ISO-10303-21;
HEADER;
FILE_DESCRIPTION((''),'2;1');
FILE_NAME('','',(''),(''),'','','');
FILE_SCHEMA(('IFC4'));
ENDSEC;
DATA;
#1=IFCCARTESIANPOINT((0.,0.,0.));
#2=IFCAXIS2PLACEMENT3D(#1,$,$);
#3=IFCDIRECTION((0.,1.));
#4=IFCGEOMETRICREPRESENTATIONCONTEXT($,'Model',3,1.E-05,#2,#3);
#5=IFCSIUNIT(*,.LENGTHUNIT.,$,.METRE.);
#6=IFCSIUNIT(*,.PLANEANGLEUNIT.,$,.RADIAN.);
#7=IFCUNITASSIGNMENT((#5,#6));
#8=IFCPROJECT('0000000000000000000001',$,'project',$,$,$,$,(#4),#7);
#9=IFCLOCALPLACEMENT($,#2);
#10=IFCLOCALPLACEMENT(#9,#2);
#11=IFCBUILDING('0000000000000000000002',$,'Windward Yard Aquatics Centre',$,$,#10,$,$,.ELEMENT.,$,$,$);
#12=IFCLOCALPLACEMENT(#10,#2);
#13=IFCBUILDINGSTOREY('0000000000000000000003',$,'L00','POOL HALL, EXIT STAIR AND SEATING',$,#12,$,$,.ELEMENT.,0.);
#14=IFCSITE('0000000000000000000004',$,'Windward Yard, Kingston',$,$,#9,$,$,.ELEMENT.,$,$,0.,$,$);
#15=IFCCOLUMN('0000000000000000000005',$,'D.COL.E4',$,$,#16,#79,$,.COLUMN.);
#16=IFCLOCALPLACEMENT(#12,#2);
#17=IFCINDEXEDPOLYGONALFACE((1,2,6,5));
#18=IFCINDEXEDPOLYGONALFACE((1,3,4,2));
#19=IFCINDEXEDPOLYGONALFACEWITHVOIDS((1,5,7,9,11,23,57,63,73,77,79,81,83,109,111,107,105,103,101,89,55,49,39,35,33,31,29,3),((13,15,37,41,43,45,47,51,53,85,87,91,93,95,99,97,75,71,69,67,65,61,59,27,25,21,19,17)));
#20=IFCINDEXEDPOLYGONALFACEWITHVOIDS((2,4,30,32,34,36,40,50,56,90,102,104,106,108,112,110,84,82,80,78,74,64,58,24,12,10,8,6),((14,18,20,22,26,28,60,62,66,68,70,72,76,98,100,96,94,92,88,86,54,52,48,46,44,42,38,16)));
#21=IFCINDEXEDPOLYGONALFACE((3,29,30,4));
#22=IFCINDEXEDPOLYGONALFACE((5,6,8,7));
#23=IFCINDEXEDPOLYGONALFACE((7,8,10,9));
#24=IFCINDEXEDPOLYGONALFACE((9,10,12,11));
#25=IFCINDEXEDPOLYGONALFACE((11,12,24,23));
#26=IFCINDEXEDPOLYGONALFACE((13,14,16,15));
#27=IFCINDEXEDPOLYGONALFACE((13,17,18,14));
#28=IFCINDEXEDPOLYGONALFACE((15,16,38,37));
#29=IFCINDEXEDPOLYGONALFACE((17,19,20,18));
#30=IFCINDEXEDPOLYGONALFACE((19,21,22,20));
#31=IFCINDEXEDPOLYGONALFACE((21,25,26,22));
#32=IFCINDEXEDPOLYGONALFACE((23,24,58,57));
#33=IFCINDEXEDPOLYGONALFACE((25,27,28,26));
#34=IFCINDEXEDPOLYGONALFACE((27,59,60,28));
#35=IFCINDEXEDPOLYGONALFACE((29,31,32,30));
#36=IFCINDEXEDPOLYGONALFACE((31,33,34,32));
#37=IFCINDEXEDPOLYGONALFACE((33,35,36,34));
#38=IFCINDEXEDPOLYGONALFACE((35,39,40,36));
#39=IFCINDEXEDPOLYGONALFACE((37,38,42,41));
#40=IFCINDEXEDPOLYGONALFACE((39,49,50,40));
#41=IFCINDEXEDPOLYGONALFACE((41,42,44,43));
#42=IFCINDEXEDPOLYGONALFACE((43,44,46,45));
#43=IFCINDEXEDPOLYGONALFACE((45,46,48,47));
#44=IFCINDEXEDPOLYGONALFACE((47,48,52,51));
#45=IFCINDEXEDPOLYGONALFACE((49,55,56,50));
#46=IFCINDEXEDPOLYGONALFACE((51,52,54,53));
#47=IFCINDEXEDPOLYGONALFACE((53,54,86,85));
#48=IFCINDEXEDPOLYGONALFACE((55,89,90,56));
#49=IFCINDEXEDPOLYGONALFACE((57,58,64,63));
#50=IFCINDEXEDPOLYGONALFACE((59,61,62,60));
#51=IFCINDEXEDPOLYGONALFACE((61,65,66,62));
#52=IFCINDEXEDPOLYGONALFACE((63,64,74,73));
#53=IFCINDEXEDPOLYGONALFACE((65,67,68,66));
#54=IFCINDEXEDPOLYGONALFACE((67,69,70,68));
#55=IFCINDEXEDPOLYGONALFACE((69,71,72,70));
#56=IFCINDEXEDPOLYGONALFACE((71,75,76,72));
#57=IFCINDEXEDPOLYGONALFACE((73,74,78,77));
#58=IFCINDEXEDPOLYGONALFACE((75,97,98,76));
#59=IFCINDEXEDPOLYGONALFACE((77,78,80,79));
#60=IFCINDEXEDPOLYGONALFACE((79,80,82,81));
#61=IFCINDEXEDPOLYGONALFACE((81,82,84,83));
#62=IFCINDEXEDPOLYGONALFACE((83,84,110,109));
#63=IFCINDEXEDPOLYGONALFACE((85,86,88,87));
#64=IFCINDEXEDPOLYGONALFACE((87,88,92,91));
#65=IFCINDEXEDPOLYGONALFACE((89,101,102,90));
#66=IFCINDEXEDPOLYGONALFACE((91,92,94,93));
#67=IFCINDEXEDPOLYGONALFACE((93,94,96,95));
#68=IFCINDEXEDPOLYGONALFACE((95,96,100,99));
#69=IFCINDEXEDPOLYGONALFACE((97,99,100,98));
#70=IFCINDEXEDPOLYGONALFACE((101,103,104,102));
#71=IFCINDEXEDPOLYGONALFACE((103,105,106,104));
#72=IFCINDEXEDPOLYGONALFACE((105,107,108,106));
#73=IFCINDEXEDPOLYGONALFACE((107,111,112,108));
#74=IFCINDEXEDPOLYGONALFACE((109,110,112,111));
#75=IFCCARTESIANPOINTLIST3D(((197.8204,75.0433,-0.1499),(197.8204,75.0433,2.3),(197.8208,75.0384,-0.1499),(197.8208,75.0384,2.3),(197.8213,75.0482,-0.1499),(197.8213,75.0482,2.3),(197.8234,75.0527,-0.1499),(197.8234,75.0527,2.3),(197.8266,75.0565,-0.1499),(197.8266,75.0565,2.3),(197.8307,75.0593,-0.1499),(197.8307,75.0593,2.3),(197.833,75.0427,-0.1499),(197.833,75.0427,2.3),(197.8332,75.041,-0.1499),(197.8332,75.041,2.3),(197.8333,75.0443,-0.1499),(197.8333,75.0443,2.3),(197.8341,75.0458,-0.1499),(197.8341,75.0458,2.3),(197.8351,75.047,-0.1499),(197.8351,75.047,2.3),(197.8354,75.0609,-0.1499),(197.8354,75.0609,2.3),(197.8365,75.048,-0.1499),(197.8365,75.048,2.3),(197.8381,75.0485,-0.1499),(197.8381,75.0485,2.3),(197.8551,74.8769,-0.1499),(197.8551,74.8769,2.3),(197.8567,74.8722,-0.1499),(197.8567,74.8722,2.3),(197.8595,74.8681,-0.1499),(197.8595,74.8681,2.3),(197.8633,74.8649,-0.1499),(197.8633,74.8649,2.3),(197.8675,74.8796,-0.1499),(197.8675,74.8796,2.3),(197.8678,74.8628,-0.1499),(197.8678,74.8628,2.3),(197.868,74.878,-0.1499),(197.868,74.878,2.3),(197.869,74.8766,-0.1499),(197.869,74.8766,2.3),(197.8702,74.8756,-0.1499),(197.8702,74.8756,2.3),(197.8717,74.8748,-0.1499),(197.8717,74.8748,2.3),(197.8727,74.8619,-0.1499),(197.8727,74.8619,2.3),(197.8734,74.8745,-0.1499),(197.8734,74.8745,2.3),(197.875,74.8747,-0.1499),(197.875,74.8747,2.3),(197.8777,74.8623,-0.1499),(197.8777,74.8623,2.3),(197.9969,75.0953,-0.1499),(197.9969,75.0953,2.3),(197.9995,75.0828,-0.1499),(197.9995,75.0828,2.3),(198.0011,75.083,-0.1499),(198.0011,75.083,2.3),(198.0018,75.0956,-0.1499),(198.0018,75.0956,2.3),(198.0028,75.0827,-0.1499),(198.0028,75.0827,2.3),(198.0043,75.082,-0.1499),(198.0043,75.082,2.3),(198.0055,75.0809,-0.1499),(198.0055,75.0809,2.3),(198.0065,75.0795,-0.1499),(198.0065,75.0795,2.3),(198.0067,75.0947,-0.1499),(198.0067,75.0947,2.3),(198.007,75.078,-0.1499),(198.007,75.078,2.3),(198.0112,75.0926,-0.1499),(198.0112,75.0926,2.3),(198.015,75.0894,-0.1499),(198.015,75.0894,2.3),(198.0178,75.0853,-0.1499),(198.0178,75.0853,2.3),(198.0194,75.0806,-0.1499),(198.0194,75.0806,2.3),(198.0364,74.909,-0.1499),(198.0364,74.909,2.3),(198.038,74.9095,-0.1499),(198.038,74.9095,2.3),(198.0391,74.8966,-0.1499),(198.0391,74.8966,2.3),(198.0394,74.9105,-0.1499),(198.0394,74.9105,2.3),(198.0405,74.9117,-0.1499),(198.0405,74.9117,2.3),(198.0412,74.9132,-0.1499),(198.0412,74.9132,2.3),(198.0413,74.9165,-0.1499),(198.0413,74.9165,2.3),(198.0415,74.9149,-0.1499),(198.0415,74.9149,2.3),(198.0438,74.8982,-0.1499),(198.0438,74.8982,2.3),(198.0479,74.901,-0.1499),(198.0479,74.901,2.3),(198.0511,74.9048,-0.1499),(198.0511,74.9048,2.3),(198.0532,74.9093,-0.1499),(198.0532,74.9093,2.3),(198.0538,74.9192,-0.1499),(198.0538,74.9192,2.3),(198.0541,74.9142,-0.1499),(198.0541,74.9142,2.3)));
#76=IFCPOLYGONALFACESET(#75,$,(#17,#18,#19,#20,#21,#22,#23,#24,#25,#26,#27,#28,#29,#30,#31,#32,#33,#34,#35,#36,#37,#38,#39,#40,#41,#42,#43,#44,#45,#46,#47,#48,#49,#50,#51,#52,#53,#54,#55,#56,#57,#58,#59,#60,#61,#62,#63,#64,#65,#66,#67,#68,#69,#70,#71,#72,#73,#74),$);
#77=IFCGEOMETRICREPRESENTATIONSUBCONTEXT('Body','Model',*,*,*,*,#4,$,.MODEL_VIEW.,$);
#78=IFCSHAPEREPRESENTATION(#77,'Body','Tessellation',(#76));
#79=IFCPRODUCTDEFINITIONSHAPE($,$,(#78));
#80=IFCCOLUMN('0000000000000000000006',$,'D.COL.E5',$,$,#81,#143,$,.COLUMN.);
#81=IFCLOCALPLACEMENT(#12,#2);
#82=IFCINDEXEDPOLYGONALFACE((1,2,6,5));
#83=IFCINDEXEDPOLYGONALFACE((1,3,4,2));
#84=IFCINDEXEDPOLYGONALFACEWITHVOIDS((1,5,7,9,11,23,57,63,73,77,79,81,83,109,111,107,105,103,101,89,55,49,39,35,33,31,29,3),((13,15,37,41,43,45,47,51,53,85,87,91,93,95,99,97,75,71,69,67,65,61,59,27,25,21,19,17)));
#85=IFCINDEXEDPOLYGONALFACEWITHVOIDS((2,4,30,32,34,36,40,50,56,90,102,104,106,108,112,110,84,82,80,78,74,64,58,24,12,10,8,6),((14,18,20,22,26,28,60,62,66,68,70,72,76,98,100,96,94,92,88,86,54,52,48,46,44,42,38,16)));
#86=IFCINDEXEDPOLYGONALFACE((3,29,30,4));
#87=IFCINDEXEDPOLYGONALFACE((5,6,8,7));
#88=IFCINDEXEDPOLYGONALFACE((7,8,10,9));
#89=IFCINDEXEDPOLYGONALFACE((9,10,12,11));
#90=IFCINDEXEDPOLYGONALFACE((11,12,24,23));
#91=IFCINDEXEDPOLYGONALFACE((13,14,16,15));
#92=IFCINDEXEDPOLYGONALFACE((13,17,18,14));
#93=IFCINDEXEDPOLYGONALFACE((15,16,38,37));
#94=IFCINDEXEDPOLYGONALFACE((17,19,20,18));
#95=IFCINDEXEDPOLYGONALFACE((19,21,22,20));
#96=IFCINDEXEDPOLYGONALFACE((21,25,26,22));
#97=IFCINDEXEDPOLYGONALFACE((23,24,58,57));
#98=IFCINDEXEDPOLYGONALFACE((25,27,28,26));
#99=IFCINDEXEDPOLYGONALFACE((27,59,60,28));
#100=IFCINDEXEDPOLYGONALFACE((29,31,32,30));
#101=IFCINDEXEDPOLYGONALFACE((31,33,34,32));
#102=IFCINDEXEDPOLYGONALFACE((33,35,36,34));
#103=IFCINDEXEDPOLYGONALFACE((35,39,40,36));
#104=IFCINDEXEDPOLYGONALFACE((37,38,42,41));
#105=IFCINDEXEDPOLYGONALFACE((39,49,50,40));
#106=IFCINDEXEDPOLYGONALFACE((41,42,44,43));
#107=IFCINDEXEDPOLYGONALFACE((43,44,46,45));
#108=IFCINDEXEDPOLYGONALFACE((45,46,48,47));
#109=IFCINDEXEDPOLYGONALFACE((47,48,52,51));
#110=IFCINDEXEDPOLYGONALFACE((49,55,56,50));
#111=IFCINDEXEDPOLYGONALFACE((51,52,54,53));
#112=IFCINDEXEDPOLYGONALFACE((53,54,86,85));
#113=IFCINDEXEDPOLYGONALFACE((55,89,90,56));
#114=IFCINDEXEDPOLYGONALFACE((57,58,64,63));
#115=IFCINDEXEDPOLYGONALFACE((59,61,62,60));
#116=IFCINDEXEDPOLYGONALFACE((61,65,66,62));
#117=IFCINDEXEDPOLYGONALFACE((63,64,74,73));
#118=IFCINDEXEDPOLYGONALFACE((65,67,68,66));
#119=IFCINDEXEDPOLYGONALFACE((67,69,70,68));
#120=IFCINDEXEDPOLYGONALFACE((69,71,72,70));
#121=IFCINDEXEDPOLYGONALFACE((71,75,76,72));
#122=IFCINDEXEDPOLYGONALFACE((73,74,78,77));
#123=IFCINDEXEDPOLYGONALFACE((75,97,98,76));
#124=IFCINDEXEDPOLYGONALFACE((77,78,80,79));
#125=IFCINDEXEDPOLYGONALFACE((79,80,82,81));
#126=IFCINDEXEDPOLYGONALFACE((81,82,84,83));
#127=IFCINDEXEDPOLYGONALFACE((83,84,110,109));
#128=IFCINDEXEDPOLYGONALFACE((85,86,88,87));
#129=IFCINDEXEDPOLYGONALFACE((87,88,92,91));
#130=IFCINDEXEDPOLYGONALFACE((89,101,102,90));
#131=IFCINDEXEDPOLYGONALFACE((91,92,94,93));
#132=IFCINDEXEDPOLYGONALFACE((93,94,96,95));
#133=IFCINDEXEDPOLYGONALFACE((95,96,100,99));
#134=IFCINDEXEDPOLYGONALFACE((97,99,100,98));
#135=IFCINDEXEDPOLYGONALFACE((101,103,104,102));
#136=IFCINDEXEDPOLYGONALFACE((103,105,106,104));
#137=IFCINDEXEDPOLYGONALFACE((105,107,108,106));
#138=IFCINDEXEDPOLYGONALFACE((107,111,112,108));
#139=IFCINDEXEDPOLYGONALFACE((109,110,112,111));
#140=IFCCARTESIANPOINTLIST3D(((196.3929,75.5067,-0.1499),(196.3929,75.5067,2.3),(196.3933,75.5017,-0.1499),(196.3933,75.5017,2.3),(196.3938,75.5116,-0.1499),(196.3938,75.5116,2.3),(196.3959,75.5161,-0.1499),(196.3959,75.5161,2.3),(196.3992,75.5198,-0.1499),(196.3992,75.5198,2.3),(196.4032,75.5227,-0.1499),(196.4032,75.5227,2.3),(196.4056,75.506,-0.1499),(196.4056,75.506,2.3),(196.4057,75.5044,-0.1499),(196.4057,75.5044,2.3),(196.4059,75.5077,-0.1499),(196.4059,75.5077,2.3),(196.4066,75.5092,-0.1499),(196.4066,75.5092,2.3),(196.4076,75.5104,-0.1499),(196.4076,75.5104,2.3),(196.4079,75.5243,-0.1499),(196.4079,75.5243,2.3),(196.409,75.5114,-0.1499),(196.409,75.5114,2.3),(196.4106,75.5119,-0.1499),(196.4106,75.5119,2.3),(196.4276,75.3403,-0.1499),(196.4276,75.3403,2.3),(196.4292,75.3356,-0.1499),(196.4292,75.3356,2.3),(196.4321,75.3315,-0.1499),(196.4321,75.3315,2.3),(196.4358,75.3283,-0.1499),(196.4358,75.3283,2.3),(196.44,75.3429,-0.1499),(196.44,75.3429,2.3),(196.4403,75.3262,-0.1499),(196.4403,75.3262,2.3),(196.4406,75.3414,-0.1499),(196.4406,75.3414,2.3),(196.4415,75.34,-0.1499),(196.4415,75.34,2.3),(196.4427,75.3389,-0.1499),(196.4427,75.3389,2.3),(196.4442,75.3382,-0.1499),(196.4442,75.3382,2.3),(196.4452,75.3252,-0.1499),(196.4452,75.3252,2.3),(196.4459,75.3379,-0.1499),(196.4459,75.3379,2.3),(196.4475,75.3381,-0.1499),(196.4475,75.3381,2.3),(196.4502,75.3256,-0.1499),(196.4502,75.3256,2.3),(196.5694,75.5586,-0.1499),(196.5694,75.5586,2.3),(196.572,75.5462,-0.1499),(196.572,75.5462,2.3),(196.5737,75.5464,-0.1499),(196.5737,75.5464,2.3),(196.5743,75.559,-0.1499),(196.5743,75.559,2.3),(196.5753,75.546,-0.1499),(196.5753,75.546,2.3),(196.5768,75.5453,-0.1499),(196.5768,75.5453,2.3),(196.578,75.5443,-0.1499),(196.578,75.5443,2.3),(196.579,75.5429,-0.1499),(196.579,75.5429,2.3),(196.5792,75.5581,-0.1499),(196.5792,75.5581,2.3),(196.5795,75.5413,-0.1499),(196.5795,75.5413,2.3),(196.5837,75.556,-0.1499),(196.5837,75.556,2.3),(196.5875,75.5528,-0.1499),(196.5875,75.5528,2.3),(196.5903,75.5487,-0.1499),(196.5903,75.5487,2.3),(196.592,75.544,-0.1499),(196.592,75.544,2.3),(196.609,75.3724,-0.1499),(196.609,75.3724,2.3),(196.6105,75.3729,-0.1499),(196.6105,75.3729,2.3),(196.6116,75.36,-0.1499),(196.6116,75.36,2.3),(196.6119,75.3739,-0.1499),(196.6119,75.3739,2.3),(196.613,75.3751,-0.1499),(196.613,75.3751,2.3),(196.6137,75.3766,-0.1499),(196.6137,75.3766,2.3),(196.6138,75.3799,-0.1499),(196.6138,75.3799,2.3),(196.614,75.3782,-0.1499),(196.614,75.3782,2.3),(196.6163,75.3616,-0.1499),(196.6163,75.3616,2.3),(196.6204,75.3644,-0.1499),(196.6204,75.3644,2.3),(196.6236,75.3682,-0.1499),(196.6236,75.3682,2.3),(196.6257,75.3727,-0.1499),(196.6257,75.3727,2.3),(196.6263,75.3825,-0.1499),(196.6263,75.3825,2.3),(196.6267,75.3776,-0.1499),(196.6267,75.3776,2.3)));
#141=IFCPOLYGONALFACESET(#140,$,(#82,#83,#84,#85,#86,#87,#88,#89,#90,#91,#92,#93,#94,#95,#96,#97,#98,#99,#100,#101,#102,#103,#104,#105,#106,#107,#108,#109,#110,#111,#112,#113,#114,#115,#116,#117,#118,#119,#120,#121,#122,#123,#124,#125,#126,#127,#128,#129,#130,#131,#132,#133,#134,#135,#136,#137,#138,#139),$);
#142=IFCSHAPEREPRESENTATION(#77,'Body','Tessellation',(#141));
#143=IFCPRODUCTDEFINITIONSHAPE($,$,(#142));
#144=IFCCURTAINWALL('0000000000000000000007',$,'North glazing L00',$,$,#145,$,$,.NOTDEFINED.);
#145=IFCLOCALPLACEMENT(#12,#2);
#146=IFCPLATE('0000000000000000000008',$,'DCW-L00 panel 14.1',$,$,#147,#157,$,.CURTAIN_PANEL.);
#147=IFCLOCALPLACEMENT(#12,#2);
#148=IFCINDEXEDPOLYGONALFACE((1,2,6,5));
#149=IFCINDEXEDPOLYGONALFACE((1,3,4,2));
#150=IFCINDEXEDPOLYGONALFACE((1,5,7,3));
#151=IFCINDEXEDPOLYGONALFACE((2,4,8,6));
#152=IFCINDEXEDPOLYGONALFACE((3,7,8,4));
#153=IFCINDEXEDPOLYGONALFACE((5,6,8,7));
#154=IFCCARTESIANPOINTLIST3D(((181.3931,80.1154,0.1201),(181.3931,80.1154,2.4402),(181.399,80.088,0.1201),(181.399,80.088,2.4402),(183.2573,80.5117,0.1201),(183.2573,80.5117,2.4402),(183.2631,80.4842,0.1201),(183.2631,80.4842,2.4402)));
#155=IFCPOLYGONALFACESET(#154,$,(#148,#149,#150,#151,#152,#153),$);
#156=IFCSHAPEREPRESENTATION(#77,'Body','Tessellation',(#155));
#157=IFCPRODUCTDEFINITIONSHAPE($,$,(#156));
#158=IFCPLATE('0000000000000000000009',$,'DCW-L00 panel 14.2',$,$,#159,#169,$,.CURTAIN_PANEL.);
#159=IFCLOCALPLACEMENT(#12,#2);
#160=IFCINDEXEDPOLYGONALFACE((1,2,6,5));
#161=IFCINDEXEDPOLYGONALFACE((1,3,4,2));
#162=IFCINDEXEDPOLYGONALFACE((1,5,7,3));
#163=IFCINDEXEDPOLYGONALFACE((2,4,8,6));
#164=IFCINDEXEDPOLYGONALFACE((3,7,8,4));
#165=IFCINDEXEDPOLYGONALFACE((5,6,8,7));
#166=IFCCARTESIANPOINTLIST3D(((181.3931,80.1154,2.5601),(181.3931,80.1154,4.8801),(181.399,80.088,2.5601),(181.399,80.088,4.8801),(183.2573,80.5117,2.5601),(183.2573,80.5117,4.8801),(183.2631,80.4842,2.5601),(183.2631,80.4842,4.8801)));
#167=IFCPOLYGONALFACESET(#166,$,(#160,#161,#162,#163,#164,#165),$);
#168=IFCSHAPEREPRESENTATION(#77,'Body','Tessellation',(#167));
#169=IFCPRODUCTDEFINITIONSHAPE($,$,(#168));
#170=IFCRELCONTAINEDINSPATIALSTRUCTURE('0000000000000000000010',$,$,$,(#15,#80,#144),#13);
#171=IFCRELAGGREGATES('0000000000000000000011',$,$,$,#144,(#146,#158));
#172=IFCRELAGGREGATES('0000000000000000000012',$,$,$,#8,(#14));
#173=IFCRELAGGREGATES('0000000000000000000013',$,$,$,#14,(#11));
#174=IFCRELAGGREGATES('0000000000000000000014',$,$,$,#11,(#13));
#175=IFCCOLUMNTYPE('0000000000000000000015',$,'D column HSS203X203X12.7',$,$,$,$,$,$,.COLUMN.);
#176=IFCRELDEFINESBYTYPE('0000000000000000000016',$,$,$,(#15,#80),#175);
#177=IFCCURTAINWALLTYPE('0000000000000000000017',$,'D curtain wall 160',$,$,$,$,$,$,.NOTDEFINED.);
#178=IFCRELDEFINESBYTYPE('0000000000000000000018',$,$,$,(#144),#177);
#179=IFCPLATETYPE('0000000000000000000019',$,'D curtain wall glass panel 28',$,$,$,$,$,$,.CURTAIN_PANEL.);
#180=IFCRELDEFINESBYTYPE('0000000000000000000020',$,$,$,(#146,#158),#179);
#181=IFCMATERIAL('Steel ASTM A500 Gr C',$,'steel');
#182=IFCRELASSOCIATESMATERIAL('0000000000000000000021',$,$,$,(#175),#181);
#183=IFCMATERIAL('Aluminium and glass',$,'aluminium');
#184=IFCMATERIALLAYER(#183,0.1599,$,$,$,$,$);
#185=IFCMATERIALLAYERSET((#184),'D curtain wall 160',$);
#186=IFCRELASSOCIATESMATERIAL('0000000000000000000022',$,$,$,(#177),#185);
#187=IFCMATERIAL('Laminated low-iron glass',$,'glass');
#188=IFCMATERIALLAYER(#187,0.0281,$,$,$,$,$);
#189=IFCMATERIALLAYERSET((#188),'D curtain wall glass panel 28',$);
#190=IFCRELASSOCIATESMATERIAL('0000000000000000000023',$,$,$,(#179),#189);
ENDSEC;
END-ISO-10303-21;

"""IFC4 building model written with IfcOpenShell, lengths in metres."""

from ifc_helpers import new_model, si_unit, direction, frame, origin, origin_2d, place, context, subcontext, project, spatial, rectangle, hollow_rectangle, extrude, material, layer, layer_set, material_profile, profile_set, type_object, element, aggregate, save


model = new_model("IFC4")

# Units and contexts
model_context = context("Model", 3, precision=1e-05, world=origin(), true_north=direction((0.0, 1.0)))
body_context = subcontext(model_context, "Body", "Model", "MODEL_VIEW")
ifc_project = project(units=[si_unit("LENGTHUNIT", "METRE"), si_unit("PLANEANGLEUNIT", "RADIAN")], contexts=[model_context])

# Site, building, storey
site_placement = place(None, origin())
site = spatial("IfcSite", under=ifc_project, at=site_placement, Name="Windward Yard, Kingston", CompositionType="ELEMENT", RefElevation=0.0)
building_placement = place(site_placement, origin())
building = spatial("IfcBuilding", under=site, at=building_placement, Name="Windward Yard Aquatics Centre", CompositionType="ELEMENT")
storey_placement = place(building_placement, origin())
storey = spatial("IfcBuildingStorey", under=building, at=storey_placement, Name="L00", Description="POOL HALL, EXIT STAIR AND SEATING", CompositionType="ELEMENT", Elevation=0.0)

# Columns
ifc_material_1 = material(Name="Steel ASTM A500 Gr C", Category="steel")
ifc_material_profile_1 = material_profile(ifc_material_1, hollow_rectangle(XDim=0.2031, YDim=0.2031, WallThickness=0.0127, InnerFilletRadius=0.0063, OuterFilletRadius=0.019, at=origin_2d()), Name="HSS203X203X12.7")
ifc_profile_set_1 = profile_set([ifc_material_profile_1], Name="Steel ASTM A500 Gr C")
column_type = type_object("IfcColumnType", Name="D column HSS203X203X12.7", PredefinedType="COLUMN", material=ifc_profile_set_1)
for number, where, z_axis, x_axis, name in (
    (1, (197.9373, 74.9788, -0.1499), (0.0, 0.0, 1.0), (0.978148, 0.207912, 0.0), "D.COL.E4"),
    (2, (196.5098, 75.4421, -0.1499), (0.0, 0.0, 1.0), (0.978148, 0.207912, 0.0), "D.COL.E5"),
):
    element("IfcColumn", number, at=place(storey_placement, frame(where, z_axis=z_axis, x_axis=x_axis)), inside=storey, type_object=column_type, Name=name, PredefinedType="COLUMN", context=body_context, shape_type="SweptSolid", body=[
        extrude(hollow_rectangle(XDim=0.2031, YDim=0.2031, WallThickness=0.0127, InnerFilletRadius=0.0063, OuterFilletRadius=0.019, at=origin_2d()), origin(), (0.0, 0.0, 1.0), 2.45),
    ])

# Curtain wall, plates
ifc_material_2 = material(Name="Aluminium and glass", Category="aluminium")
ifc_layer_1 = layer(ifc_material_2, 0.1599)
ifc_layer_set_1 = layer_set([ifc_layer_1], Name="D curtain wall 160")
curtain_wall_type = type_object("IfcCurtainWallType", Name="D curtain wall 160", PredefinedType="NOTDEFINED", material=ifc_layer_set_1)
curtain_wall_placement = place(storey_placement, origin())
curtain_wall = element("IfcCurtainWall", 3, at=curtain_wall_placement, inside=storey, type_object=curtain_wall_type, Name="North glazing L00", PredefinedType="NOTDEFINED")
ifc_material_3 = material(Name="Laminated low-iron glass", Category="glass")
ifc_layer_2 = layer(ifc_material_3, 0.0281)
ifc_layer_set_2 = layer_set([ifc_layer_2], Name="D curtain wall glass panel 28")
plate_type = type_object("IfcPlateType", Name="D curtain wall glass panel 28", PredefinedType="CURTAIN_PANEL", material=ifc_layer_set_2)
plate_1_placement = place(storey_placement, frame((182.3281, 80.2998, 0.1201), z_axis=(0.0, 0.0, 1.0), x_axis=(0.978148, 0.207912, 0.0)))
plate_1 = element("IfcPlate", 4, at=plate_1_placement, type_object=plate_type, Name="DCW-L00 panel 14.1", PredefinedType="CURTAIN_PANEL", context=body_context, shape_type="SweptSolid", body=[
    extrude(rectangle(XDim=1.9058, YDim=0.0281, at=origin_2d()), origin(), (0.0, 0.0, 1.0), 2.3201),
])
plate_2_placement = place(storey_placement, frame((182.3281, 80.2998, 2.5601), z_axis=(0.0, 0.0, 1.0), x_axis=(0.978148, 0.207912, 0.0)))
plate_2 = element("IfcPlate", 5, at=plate_2_placement, type_object=plate_type, Name="DCW-L00 panel 14.2", PredefinedType="CURTAIN_PANEL", context=body_context, shape_type="SweptSolid", body=[
    extrude(rectangle(XDim=1.9058, YDim=0.0281, at=origin_2d()), origin(), (0.0, 0.0, 1.0), 2.3201),
])
aggregate(curtain_wall, [plate_1, plate_2])

save(model, "model.ifc")
